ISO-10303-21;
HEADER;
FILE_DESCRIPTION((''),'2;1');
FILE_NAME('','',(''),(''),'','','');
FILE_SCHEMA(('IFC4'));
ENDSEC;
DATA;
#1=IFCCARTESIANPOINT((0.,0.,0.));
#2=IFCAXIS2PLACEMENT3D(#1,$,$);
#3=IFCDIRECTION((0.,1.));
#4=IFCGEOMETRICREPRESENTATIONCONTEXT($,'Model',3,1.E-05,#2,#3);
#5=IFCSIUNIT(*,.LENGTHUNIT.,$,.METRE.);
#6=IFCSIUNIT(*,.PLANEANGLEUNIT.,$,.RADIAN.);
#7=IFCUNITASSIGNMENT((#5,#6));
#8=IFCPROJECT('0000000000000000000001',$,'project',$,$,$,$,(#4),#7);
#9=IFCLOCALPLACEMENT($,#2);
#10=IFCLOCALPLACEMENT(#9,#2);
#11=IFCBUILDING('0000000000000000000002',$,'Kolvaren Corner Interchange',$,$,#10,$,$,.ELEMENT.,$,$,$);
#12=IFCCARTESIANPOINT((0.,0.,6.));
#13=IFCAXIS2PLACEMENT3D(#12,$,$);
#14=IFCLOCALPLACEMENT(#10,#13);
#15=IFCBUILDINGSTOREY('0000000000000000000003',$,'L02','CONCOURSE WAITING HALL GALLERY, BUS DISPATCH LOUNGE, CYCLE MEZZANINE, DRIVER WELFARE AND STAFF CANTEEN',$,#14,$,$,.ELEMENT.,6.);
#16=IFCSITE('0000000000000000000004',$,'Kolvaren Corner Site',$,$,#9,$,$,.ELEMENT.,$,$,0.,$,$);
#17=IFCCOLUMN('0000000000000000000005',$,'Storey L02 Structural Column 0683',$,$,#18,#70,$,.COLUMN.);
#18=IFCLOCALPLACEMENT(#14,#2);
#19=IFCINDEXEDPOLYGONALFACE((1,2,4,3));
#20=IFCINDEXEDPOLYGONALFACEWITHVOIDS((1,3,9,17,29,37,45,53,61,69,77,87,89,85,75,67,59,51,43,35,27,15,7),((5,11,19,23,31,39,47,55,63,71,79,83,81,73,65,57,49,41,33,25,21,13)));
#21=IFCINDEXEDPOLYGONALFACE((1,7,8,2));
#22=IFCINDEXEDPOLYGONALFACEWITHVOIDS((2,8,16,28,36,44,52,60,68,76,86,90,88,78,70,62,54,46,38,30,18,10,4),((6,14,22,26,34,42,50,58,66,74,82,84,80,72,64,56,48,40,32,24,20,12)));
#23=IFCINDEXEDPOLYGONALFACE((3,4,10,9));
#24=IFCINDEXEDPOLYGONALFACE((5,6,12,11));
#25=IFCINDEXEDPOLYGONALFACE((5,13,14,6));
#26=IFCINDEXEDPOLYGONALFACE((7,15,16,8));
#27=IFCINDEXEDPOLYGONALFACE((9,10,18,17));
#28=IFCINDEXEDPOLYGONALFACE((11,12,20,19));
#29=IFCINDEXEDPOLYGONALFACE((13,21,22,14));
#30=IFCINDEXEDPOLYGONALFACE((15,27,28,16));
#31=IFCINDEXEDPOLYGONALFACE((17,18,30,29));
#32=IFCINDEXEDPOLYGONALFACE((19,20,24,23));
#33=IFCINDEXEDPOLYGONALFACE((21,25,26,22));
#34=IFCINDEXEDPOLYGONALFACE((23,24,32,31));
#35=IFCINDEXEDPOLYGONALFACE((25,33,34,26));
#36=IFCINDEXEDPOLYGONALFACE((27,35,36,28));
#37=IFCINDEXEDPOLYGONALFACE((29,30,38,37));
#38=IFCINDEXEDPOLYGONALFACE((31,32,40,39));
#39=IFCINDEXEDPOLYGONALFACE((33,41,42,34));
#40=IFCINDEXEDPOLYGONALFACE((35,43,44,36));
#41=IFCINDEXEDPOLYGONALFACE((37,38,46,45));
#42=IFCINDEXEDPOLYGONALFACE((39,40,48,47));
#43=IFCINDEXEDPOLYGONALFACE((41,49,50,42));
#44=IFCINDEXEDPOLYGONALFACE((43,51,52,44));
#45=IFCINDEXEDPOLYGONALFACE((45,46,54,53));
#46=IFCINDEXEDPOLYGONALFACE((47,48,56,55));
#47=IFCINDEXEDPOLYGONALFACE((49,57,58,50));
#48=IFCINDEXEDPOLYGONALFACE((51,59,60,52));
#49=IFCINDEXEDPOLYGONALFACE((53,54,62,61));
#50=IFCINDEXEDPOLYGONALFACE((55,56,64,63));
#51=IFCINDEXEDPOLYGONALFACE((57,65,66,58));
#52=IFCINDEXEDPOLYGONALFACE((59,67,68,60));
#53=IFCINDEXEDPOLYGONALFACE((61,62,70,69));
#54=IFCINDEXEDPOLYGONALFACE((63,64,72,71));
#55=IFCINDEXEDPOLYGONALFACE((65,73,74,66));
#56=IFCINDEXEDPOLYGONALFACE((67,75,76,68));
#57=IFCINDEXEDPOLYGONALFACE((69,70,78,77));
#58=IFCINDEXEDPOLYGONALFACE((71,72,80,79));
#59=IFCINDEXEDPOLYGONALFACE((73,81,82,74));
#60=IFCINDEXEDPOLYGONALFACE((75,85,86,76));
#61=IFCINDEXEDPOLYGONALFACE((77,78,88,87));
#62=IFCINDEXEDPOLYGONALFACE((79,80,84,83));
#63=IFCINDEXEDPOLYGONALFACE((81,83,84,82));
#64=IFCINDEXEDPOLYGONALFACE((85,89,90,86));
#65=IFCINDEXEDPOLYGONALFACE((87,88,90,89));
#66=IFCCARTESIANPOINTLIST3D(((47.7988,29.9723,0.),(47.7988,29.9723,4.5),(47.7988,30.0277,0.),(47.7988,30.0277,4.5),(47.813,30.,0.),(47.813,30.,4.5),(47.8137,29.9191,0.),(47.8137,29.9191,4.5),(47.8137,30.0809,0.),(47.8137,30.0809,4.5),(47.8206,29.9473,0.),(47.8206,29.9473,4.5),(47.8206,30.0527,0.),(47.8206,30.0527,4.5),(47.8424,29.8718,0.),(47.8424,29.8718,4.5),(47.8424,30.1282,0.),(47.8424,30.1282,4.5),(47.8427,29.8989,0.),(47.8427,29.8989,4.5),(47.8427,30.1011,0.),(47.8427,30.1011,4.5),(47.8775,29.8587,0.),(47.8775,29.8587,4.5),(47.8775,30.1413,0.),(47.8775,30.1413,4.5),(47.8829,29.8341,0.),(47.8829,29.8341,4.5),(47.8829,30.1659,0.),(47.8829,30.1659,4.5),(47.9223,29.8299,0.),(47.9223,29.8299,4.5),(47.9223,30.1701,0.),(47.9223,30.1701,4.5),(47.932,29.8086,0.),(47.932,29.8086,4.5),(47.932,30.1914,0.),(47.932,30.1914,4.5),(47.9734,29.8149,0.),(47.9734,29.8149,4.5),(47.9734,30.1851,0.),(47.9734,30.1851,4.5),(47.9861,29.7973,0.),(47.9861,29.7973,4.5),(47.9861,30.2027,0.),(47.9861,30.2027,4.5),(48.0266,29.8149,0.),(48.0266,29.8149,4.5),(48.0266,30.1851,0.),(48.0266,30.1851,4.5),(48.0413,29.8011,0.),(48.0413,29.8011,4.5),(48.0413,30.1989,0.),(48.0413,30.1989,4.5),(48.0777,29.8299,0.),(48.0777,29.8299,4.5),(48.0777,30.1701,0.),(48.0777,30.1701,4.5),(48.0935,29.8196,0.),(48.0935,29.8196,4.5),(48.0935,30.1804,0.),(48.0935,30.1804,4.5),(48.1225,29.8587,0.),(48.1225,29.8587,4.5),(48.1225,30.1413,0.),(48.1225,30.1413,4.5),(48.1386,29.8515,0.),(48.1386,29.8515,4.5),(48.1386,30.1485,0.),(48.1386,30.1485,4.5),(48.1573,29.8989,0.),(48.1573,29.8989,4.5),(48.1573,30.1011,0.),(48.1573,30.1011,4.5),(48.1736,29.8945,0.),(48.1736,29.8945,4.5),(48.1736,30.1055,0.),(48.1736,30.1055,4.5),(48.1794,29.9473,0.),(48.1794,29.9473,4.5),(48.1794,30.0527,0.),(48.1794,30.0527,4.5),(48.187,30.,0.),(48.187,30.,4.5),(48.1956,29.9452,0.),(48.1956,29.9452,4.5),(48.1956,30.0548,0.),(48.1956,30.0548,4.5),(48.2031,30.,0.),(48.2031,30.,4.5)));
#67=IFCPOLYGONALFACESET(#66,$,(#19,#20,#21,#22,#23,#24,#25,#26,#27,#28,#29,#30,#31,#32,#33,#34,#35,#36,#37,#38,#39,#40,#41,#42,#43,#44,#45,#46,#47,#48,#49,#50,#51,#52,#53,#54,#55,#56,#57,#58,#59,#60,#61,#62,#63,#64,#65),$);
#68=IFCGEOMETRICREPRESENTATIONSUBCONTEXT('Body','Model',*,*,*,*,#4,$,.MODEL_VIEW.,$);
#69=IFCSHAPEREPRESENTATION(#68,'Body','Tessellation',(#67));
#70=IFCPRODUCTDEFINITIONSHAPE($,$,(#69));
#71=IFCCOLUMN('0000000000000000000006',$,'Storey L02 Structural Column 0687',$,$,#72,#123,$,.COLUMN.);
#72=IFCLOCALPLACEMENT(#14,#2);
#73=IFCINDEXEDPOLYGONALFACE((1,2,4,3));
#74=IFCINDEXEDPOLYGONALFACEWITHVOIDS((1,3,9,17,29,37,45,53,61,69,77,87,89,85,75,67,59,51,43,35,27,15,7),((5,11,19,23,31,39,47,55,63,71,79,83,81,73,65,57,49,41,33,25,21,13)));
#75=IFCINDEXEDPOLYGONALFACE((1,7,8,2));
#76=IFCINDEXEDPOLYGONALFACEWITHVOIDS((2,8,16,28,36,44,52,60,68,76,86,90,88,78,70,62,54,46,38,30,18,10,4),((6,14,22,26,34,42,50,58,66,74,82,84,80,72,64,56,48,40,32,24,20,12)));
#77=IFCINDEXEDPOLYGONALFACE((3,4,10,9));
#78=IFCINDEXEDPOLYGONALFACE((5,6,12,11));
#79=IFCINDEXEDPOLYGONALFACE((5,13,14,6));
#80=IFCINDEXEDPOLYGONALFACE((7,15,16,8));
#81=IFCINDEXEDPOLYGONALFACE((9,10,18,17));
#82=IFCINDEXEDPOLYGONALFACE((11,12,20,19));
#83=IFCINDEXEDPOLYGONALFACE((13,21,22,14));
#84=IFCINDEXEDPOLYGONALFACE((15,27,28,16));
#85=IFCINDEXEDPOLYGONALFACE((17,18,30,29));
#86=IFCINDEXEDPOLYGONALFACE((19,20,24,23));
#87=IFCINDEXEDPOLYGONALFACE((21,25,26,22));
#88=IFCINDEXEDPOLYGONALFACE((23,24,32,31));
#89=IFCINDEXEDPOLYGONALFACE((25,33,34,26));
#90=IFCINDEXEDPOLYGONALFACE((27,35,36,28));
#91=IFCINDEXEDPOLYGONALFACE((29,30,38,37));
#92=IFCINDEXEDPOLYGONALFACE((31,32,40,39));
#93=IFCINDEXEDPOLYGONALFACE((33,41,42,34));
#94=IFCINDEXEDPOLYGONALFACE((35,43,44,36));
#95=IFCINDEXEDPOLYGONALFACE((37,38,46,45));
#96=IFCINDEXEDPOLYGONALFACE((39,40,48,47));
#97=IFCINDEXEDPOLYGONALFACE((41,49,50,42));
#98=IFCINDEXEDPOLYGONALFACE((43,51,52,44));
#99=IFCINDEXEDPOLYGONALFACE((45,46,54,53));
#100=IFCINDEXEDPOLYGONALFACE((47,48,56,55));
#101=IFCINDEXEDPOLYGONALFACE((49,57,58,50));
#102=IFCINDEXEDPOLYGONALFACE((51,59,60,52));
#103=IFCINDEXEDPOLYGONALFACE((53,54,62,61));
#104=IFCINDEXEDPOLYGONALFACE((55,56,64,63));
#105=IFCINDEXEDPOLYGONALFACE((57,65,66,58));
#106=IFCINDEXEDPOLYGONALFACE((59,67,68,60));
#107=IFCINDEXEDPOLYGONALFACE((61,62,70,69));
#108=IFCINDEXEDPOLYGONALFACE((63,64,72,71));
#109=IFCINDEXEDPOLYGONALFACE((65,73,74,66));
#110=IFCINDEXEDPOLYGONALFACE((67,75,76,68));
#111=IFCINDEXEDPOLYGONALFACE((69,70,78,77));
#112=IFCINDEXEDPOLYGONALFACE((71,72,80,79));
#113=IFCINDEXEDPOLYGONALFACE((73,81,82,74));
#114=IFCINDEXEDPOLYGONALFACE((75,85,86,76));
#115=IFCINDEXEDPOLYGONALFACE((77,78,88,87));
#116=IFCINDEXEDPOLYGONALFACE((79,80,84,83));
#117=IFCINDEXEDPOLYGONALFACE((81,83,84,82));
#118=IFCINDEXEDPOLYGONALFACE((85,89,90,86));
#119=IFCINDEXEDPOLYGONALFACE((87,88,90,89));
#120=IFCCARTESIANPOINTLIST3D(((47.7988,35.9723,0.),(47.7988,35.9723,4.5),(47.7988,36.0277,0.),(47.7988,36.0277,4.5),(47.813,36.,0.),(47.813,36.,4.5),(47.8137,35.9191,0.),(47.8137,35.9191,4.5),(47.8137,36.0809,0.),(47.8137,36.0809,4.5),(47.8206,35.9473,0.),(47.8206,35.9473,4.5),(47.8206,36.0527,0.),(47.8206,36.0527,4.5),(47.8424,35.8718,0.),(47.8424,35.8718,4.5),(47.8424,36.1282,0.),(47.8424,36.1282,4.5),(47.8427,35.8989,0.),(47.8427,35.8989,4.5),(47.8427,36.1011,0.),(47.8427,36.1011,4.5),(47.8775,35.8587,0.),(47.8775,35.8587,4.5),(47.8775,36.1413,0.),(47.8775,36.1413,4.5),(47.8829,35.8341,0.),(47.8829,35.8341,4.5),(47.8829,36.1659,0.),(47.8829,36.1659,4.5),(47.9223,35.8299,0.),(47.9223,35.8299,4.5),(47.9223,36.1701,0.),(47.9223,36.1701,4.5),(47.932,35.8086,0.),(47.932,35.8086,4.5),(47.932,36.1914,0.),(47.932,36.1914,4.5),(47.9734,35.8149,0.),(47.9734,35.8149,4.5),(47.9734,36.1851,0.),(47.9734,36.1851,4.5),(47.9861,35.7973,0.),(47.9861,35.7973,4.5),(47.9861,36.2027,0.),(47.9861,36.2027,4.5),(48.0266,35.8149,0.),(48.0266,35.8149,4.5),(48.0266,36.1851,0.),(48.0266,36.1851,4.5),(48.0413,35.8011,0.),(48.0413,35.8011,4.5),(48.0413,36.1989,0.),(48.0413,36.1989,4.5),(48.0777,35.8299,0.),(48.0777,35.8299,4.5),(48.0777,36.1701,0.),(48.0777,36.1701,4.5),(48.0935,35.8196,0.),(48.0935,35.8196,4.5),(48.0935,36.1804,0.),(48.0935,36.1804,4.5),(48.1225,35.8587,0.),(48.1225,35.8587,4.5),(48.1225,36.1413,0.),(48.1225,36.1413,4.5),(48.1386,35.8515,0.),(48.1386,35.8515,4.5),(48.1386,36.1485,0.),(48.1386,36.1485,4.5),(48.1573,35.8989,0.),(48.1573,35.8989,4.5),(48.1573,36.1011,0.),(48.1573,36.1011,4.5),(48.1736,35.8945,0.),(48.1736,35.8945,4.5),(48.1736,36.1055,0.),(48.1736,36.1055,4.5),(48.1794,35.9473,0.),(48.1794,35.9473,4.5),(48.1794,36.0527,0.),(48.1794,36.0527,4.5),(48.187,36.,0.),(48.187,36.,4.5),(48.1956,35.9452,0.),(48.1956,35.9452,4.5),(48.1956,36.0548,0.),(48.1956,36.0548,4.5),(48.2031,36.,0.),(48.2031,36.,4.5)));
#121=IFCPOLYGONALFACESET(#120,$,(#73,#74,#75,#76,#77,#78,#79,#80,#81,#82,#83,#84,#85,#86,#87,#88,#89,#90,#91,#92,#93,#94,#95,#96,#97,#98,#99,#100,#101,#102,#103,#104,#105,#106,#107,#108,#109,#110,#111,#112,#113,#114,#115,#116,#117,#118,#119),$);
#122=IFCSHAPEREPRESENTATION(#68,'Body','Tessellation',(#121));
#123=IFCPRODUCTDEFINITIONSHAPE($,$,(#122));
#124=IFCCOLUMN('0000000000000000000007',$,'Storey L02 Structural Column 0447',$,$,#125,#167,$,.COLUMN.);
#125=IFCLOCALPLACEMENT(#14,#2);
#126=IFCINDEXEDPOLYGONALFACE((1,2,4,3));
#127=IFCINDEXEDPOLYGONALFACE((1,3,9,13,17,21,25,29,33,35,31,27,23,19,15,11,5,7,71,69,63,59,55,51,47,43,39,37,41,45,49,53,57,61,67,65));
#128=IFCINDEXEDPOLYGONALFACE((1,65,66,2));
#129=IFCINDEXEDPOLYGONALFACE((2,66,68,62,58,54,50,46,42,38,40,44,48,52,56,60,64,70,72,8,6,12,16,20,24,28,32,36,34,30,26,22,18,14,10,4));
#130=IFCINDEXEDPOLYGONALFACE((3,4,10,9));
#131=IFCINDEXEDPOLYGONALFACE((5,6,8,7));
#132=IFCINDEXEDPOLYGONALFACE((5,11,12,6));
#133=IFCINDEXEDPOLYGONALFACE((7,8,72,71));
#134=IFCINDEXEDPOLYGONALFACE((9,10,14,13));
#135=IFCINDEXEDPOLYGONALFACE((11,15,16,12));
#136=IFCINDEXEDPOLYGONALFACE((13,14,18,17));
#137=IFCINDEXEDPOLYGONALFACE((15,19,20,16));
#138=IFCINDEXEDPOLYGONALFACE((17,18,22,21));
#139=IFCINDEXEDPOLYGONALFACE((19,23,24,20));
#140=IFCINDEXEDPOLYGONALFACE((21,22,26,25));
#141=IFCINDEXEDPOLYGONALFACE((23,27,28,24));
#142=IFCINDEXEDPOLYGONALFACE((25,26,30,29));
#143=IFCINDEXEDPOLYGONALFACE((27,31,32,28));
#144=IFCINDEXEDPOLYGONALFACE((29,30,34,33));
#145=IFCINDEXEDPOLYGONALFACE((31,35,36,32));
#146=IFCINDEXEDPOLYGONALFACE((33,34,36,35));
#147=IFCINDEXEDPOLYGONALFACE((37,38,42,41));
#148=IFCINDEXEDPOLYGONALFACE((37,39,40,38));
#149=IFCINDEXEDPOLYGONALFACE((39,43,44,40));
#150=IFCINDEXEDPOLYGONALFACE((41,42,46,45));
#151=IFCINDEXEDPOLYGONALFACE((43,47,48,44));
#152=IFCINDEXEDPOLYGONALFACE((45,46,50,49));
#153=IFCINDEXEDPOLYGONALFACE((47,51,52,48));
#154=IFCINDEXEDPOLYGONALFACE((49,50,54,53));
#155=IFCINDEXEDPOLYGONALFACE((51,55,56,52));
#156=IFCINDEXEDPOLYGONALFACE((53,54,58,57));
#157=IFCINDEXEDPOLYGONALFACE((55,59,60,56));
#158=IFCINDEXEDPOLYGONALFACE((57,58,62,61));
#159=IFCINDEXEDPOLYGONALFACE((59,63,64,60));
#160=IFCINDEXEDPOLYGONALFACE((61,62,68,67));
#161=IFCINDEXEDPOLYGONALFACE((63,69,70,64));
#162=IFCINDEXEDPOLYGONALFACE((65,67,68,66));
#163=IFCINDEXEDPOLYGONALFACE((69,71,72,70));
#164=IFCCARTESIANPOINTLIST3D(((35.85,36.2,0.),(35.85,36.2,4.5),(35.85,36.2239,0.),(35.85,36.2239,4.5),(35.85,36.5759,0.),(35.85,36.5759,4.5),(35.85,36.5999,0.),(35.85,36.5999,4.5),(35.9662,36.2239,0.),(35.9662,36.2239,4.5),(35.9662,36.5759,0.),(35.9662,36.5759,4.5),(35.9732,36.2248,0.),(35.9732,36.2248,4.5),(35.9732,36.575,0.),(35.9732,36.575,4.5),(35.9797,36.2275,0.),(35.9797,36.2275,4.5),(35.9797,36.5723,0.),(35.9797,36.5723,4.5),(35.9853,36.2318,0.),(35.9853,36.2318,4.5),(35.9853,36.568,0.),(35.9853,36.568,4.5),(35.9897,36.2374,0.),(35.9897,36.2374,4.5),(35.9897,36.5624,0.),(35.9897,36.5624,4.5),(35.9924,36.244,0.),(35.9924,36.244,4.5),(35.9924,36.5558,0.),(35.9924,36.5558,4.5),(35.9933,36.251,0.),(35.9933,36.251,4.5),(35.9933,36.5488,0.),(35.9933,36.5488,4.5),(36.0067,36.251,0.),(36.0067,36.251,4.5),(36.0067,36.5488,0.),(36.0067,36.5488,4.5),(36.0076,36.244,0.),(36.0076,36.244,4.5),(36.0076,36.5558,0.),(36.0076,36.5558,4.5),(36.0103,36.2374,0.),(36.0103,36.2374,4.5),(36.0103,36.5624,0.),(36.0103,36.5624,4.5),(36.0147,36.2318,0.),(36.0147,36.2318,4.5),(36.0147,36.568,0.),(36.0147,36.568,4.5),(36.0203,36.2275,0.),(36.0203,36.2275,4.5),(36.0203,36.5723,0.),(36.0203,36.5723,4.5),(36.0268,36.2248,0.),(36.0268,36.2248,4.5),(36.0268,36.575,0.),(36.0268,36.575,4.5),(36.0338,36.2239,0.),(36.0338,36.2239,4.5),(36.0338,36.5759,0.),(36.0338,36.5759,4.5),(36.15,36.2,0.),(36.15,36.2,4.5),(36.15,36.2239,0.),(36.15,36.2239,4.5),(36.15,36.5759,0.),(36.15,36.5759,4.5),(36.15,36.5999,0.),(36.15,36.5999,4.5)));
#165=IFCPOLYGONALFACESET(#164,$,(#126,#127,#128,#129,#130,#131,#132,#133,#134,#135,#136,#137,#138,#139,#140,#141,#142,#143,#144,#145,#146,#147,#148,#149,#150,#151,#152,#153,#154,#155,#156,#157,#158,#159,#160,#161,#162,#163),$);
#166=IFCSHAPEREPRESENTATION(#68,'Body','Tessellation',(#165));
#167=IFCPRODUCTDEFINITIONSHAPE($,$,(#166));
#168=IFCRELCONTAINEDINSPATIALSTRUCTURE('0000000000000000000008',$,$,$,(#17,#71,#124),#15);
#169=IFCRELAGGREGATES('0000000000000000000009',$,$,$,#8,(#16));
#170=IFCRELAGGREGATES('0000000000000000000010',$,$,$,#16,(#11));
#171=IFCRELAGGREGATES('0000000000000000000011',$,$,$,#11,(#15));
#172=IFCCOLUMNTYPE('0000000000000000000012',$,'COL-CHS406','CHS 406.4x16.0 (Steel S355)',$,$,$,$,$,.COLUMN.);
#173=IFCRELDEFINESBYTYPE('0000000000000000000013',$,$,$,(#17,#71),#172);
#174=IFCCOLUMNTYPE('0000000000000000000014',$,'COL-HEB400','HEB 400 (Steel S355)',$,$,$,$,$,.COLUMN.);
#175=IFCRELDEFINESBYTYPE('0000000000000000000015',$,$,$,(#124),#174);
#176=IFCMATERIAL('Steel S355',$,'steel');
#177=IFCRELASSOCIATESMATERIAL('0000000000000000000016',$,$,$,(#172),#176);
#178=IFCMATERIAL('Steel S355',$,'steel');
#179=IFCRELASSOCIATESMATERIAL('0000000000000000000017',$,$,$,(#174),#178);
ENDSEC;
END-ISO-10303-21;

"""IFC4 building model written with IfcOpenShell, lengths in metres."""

from ifc_helpers import new_model, si_unit, direction, frame, origin, origin_2d, place, context, subcontext, project, spatial, hollow_circle, i_section, extrude, material, material_profile, profile_set, type_object, element, save


model = new_model("IFC4")

# Units and contexts
model_context = context("Model", 3, precision=1e-05, world=origin(), true_north=direction((0.0, 1.0)))
body_context = subcontext(model_context, "Body", "Model", "MODEL_VIEW")
ifc_project = project(units=[si_unit("LENGTHUNIT", "METRE"), si_unit("PLANEANGLEUNIT", "RADIAN")], contexts=[model_context])

# Site, building, storey
site_placement = place(None, origin())
site = spatial("IfcSite", under=ifc_project, at=site_placement, Name="Kolvaren Corner Site", CompositionType="ELEMENT", RefElevation=0.0)
building_placement = place(site_placement, origin())
building = spatial("IfcBuilding", under=site, at=building_placement, Name="Kolvaren Corner Interchange", CompositionType="ELEMENT")
storey_placement = place(building_placement, frame((0.0, 0.0, 6.0)))
storey = spatial("IfcBuildingStorey", under=building, at=storey_placement, Name="L02", Description="CONCOURSE WAITING HALL GALLERY, BUS DISPATCH LOUNGE, CYCLE MEZZANINE, DRIVER WELFARE AND STAFF CANTEEN", CompositionType="ELEMENT", Elevation=6.0)

# Columns
ifc_material_1 = material(Name="Steel S355", Category="steel")
ifc_material_profile_1 = material_profile(ifc_material_1, hollow_circle(Radius=0.2031, WallThickness=0.0161, at=origin_2d()), Name="CHS 406.4x16.0")
ifc_profile_set_1 = profile_set([ifc_material_profile_1], Name="Steel S355")
column_type_1 = type_object("IfcColumnType", Name="COL-CHS406", Description="CHS 406.4x16.0 (Steel S355)", PredefinedType="COLUMN", material=ifc_profile_set_1)
for number, where, z_axis, x_axis, name in (
    (1, (48.0, 30.0, 0.0), (0.0, 0.0, 1.0), (1.0, 0.0, 0.0), "Storey L02 Structural Column 0683"),
    (2, (48.0, 36.0, 0.0), (0.0, 0.0, 1.0), (1.0, 0.0, 0.0), "Storey L02 Structural Column 0687"),
):
    element("IfcColumn", number, at=place(storey_placement, frame(where, z_axis=z_axis, x_axis=x_axis)), inside=storey, type_object=column_type_1, Name=name, PredefinedType="COLUMN", context=body_context, shape_type="SweptSolid", body=[
        extrude(hollow_circle(Radius=0.2031, WallThickness=0.0161, at=origin_2d()), origin(), (0.0, 0.0, 1.0), 4.5),
    ])
ifc_material_2 = material(Name="Steel S355", Category="steel")
ifc_material_profile_2 = material_profile(ifc_material_2, i_section(OverallWidth=0.3, OverallDepth=0.3999, WebThickness=0.0134, FlangeThickness=0.0239, FilletRadius=0.0271, at=origin_2d()), Name="HEB 400")
ifc_profile_set_2 = profile_set([ifc_material_profile_2], Name="Steel S355")
column_type_2 = type_object("IfcColumnType", Name="COL-HEB400", Description="HEB 400 (Steel S355)", PredefinedType="COLUMN", material=ifc_profile_set_2)
for number, where, z_axis, x_axis, name in (
    (3, (36.0, 36.3999, 0.0), (0.0, 0.0, 1.0), (1.0, 0.0, 0.0), "Storey L02 Structural Column 0447"),
):
    element("IfcColumn", number, at=place(storey_placement, frame(where, z_axis=z_axis, x_axis=x_axis)), inside=storey, type_object=column_type_2, Name=name, PredefinedType="COLUMN", context=body_context, shape_type="SweptSolid", body=[
        extrude(i_section(OverallWidth=0.3, OverallDepth=0.3999, WebThickness=0.0134, FlangeThickness=0.0239, FilletRadius=0.0271, at=origin_2d()), origin(), (0.0, 0.0, 1.0), 4.5),
    ])

save(model, "model.ifc")
